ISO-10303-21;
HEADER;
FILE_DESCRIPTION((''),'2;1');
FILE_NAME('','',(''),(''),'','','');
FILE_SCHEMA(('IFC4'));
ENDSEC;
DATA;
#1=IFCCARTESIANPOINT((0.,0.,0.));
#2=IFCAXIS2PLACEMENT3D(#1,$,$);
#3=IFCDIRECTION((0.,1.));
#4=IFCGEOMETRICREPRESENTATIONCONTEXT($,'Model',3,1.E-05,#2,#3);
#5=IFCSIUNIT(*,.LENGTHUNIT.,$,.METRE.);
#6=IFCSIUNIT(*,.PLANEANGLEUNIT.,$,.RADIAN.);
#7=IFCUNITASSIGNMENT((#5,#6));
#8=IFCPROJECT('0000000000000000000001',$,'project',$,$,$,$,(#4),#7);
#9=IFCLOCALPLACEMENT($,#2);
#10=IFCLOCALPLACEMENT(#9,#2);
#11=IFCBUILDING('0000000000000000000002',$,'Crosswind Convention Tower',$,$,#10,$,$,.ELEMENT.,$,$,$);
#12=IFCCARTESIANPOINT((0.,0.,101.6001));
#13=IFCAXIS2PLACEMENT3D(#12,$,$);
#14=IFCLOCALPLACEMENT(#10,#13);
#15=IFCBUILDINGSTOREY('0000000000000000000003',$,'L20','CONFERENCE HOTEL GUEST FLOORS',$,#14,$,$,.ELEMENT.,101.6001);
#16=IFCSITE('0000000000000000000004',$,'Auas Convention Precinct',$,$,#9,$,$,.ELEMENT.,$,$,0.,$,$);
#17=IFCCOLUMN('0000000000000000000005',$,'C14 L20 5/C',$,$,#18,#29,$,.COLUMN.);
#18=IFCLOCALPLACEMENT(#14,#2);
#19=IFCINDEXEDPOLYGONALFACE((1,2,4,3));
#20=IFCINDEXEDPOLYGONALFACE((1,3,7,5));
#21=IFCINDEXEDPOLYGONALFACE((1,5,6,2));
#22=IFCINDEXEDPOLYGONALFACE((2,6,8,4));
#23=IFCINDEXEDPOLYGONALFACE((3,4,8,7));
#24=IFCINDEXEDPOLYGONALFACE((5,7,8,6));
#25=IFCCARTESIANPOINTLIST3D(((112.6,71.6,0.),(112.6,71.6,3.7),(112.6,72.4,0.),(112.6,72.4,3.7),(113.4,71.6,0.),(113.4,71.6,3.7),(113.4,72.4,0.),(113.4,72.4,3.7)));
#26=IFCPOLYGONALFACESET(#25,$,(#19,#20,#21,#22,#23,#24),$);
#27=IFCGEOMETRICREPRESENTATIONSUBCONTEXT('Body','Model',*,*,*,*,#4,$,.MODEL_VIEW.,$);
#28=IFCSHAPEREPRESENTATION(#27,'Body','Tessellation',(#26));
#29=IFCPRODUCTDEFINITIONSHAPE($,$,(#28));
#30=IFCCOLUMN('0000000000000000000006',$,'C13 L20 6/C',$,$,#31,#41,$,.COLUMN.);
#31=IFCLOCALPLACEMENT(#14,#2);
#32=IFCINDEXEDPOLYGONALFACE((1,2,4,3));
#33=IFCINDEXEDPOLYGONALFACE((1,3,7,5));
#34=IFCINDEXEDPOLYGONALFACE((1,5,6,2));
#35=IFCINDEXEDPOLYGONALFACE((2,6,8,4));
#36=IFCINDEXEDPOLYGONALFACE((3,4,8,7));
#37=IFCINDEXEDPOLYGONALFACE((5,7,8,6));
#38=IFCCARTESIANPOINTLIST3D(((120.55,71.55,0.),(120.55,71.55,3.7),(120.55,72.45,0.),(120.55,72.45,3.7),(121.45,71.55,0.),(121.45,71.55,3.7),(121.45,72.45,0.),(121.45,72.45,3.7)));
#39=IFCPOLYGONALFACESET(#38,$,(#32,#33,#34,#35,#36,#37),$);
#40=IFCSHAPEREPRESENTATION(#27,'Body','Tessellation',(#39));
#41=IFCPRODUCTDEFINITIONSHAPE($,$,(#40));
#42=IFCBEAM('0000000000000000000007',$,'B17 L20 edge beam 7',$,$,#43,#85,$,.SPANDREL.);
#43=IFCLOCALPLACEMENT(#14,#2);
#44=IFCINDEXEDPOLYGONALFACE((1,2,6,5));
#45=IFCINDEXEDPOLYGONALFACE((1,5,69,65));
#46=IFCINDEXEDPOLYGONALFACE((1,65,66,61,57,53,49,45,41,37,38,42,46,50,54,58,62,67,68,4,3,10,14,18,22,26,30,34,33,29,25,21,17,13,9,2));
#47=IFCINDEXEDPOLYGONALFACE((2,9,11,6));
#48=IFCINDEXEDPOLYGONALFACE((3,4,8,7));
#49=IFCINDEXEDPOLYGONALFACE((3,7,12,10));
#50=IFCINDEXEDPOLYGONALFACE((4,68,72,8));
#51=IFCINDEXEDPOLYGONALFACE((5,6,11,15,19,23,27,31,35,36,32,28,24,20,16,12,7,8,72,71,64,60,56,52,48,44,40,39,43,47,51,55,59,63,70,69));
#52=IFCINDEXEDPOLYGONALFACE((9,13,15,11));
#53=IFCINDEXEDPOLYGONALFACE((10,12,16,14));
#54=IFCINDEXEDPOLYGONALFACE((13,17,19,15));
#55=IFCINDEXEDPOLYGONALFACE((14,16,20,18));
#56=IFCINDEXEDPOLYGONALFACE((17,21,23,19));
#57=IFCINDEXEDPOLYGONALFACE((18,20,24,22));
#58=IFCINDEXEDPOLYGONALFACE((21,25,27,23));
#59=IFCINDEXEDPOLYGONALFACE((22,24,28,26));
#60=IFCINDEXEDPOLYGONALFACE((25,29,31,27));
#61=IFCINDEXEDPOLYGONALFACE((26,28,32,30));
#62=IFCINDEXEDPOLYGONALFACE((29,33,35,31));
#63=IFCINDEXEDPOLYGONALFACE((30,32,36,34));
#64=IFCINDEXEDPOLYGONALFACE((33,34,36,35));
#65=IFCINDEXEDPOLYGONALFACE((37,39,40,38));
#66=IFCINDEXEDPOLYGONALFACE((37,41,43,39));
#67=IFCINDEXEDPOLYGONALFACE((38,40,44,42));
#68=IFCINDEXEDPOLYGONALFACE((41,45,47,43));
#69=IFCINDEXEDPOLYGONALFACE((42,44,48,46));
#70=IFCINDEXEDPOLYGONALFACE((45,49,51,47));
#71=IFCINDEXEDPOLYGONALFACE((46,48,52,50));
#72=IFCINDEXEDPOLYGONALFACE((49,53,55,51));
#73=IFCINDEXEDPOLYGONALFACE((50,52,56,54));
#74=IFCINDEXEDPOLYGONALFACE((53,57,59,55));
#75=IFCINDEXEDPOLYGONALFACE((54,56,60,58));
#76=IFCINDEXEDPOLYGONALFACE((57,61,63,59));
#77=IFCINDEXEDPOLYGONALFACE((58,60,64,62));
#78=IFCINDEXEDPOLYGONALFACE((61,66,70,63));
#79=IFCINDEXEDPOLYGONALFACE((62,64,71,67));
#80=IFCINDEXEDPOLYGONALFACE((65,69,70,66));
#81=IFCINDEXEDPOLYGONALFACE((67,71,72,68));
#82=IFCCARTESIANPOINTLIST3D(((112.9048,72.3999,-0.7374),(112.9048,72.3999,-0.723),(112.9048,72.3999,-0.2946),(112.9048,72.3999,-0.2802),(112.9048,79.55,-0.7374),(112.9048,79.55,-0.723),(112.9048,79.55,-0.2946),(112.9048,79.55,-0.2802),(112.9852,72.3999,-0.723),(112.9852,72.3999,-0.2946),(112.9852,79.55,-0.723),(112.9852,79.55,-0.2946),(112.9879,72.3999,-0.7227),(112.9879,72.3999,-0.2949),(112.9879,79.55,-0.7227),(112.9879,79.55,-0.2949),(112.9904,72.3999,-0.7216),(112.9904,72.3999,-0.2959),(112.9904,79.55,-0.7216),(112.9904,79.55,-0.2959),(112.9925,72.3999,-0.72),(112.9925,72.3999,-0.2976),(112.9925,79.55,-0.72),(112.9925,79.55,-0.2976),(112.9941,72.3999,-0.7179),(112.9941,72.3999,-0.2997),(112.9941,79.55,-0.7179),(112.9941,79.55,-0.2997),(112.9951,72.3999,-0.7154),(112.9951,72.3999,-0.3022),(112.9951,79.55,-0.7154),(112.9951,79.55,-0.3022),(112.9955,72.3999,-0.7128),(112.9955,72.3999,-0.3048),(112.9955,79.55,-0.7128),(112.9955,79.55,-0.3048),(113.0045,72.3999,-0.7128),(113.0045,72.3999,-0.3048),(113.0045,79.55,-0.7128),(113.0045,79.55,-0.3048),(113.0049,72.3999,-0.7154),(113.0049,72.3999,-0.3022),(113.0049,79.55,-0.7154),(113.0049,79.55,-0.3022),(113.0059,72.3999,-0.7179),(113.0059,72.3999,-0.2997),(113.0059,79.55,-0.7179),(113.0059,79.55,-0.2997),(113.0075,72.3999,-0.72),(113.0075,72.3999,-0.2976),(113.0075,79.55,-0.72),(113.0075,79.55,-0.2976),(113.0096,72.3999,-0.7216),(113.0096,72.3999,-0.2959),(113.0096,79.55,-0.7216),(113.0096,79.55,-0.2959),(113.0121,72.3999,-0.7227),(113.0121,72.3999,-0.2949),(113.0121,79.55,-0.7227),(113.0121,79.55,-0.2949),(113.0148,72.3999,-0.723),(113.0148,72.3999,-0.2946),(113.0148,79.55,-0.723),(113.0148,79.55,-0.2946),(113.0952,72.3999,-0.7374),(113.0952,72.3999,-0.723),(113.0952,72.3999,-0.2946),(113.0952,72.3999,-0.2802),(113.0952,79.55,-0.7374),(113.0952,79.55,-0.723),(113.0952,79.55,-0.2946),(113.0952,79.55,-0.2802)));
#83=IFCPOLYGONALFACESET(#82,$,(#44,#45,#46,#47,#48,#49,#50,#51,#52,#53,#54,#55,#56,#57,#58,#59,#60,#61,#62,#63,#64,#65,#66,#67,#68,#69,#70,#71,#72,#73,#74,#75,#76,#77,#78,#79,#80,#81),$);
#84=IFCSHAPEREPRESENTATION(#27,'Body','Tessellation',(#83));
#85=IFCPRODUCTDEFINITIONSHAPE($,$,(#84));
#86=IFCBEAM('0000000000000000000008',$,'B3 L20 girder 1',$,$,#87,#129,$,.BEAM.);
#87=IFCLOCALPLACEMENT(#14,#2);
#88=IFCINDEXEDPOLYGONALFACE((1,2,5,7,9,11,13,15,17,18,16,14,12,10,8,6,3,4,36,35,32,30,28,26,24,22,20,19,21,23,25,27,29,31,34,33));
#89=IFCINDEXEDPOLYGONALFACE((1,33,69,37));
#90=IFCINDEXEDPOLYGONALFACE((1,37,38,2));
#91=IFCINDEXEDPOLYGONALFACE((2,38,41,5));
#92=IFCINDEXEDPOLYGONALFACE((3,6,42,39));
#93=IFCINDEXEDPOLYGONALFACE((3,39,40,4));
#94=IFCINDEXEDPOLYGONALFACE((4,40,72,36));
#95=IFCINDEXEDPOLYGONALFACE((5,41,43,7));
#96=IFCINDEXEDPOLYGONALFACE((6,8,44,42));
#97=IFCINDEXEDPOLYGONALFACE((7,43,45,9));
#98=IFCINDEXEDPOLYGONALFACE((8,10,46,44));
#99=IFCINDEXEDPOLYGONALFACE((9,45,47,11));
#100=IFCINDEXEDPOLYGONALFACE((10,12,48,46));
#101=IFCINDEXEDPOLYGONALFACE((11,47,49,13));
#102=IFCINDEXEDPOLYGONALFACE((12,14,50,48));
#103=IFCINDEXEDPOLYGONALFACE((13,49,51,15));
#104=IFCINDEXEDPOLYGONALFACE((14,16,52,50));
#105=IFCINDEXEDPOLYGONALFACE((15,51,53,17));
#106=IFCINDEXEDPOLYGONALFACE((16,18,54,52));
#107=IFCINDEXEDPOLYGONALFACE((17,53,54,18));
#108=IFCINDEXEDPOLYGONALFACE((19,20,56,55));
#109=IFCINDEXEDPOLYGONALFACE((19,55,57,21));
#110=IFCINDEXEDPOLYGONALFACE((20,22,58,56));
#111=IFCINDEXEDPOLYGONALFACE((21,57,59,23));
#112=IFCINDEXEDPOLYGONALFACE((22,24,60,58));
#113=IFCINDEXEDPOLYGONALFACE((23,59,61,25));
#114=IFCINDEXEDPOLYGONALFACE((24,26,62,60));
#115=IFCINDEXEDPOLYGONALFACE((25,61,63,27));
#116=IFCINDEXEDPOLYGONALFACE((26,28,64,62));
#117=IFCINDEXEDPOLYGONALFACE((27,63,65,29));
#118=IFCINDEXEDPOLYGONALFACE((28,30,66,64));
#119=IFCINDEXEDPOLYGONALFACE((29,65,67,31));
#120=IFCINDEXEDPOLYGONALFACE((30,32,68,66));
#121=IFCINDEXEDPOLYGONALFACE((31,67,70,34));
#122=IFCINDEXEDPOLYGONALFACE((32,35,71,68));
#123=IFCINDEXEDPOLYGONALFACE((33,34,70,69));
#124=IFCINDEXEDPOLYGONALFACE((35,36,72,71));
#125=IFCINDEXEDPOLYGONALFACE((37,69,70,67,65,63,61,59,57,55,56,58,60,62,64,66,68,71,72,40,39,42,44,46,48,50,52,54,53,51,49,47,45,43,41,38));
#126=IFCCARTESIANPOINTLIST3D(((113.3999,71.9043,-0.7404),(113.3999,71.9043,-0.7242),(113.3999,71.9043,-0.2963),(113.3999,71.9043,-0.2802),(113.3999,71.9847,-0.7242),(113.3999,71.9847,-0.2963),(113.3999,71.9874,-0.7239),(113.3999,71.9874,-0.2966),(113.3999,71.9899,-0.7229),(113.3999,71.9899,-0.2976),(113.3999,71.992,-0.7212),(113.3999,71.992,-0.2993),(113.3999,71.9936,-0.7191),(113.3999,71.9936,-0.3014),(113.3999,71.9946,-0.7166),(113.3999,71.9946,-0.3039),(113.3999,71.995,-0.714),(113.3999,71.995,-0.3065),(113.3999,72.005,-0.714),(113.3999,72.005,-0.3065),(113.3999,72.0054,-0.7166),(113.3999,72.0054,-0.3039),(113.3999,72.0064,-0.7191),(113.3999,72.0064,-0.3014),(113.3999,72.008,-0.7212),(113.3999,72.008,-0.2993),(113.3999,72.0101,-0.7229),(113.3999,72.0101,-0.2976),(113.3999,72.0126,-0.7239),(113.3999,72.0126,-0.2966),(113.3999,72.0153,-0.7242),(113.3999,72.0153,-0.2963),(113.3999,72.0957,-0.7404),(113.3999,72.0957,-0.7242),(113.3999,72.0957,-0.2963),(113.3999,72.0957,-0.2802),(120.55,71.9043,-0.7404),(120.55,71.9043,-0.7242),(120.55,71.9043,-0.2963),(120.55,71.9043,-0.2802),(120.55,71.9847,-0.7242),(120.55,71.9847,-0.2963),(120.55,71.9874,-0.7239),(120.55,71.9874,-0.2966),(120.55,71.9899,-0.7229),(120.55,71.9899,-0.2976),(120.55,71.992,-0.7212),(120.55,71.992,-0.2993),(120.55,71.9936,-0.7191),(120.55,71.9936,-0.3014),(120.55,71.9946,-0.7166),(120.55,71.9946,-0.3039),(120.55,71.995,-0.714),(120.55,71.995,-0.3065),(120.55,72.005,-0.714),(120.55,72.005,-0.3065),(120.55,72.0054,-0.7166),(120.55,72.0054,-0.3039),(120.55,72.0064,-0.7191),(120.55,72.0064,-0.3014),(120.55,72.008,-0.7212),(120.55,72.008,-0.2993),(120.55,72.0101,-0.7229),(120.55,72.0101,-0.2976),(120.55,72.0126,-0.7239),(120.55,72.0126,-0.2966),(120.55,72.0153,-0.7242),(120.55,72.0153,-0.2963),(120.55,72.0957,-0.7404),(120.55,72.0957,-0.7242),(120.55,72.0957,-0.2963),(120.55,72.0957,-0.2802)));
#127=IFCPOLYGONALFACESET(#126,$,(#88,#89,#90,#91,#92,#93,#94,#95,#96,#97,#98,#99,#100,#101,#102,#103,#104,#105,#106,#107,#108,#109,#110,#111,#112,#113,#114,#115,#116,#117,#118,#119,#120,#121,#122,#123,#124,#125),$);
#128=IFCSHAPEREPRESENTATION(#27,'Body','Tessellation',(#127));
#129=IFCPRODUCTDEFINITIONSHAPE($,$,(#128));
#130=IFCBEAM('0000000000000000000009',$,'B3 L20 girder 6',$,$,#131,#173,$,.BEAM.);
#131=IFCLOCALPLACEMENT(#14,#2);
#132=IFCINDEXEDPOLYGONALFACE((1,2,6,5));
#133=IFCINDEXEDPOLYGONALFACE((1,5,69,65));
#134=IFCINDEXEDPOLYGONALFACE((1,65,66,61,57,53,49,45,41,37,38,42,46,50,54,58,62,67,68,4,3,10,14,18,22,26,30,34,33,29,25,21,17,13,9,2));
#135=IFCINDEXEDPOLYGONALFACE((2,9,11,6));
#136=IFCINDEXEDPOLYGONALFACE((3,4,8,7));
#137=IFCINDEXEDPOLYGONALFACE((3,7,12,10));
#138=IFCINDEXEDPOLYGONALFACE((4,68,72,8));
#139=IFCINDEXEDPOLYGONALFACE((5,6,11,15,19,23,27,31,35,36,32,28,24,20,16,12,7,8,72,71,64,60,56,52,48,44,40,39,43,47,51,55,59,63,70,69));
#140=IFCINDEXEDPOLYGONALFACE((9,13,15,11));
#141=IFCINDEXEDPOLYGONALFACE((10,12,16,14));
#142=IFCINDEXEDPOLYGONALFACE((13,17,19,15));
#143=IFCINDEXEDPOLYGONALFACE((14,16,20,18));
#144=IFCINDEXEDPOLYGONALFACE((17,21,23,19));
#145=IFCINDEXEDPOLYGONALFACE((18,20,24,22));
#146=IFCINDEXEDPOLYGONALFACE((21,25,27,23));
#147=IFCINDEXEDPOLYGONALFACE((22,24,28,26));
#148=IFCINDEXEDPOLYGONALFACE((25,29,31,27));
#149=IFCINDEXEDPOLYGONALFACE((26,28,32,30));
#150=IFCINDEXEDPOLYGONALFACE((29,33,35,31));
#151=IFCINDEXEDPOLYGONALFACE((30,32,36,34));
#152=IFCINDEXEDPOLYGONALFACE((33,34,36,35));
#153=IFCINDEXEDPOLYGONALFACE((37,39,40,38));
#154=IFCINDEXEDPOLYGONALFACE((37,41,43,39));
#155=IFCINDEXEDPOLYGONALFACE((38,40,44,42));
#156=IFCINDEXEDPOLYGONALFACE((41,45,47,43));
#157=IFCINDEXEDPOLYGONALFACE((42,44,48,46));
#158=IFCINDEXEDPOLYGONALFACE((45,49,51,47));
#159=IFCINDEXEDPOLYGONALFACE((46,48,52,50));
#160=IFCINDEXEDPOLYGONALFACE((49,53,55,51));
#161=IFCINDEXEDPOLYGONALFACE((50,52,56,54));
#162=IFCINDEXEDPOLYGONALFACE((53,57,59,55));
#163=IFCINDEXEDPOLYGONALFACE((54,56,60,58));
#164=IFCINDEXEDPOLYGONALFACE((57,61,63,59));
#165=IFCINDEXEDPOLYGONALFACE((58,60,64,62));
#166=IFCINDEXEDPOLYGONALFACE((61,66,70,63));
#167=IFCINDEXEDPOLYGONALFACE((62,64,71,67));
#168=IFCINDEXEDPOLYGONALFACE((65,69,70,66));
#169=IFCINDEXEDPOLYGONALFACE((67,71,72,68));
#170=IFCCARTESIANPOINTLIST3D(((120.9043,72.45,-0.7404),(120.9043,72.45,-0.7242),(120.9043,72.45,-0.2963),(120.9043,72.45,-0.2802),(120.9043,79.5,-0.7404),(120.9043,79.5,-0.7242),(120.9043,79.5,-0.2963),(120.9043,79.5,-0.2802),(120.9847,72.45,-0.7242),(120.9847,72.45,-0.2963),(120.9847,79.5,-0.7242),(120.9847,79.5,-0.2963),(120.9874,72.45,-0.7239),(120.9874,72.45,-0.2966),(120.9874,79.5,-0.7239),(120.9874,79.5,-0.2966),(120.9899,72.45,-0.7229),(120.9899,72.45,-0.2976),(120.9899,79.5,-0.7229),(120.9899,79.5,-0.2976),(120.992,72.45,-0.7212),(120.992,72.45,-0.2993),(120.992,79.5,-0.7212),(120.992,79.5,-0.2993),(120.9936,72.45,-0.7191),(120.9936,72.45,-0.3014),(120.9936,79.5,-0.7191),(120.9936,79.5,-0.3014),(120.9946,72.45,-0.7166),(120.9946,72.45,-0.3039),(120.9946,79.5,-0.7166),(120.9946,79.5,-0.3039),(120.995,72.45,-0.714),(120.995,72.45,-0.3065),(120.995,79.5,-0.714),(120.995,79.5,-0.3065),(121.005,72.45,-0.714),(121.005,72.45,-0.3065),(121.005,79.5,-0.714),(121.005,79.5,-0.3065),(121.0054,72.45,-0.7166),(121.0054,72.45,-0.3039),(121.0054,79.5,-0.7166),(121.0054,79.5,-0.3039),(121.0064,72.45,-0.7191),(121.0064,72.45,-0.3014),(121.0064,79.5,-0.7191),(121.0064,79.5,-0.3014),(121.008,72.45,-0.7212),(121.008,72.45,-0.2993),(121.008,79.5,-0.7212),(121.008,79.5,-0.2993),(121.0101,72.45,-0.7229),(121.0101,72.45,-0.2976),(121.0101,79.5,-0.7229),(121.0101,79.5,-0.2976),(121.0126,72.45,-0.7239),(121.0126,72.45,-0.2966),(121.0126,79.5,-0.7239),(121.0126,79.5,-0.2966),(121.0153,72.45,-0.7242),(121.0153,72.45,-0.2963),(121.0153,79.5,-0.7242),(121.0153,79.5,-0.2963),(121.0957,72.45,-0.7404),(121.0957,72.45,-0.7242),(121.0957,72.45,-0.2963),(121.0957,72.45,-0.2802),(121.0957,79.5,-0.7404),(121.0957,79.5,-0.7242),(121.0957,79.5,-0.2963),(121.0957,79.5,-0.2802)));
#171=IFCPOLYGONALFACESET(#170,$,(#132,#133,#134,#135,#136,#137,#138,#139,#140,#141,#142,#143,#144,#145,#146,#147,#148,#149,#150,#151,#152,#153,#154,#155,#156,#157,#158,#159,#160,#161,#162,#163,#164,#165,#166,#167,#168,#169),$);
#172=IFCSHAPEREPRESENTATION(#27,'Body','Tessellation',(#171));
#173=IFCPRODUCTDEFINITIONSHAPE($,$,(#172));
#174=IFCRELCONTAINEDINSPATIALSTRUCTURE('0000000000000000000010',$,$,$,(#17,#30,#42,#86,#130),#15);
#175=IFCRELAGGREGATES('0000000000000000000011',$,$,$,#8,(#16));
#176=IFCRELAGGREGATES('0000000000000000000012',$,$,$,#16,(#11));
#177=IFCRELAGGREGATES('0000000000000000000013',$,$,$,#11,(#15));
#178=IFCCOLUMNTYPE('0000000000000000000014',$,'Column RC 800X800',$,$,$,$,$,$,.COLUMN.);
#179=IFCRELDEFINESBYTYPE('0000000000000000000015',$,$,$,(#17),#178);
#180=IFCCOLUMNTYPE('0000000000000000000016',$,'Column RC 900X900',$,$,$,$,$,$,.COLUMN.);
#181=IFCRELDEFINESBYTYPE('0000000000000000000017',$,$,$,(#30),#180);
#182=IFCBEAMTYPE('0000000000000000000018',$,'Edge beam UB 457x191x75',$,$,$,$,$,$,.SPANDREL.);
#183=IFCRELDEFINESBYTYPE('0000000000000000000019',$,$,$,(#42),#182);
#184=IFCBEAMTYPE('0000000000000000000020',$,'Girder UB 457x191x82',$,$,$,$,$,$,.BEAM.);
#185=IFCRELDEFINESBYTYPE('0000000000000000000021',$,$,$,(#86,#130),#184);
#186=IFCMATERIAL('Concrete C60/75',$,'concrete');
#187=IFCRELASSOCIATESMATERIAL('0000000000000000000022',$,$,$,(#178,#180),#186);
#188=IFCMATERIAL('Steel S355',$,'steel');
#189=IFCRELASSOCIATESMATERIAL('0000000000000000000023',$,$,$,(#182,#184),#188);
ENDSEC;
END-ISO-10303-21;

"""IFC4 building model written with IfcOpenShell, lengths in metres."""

from ifc_helpers import new_model, si_unit, direction, frame, origin, origin_2d, place, context, subcontext, project, spatial, rectangle, i_section, extrude, material, material_profile, profile_set, type_object, element, save


model = new_model("IFC4")

# Units and contexts
model_context = context("Model", 3, precision=1e-05, world=origin(), true_north=direction((0.0, 1.0)))
body_context = subcontext(model_context, "Body", "Model", "MODEL_VIEW")
ifc_project = project(units=[si_unit("LENGTHUNIT", "METRE"), si_unit("PLANEANGLEUNIT", "RADIAN")], contexts=[model_context])

# Site, building, storey
site_placement = place(None, origin())
site = spatial("IfcSite", under=ifc_project, at=site_placement, Name="Auas Convention Precinct", CompositionType="ELEMENT", RefElevation=0.0)
building_placement = place(site_placement, origin())
building = spatial("IfcBuilding", under=site, at=building_placement, Name="Crosswind Convention Tower", CompositionType="ELEMENT")
storey_placement = place(building_placement, frame((0.0, 0.0, 101.6001)))
storey = spatial("IfcBuildingStorey", under=building, at=storey_placement, Name="L20", Description="CONFERENCE HOTEL GUEST FLOORS", CompositionType="ELEMENT", Elevation=101.6001)

# Columns
ifc_material_1 = material(Name="Concrete C60/75", Category="concrete")
ifc_material_profile_1 = material_profile(ifc_material_1, rectangle(XDim=0.8, YDim=0.8, at=origin_2d()), Name="RC 800X800")
ifc_profile_set_1 = profile_set([ifc_material_profile_1], Name="Concrete C60/75")
column_type_1 = type_object("IfcColumnType", Name="Column RC 800X800", PredefinedType="COLUMN", material=ifc_profile_set_1)
column_1_placement = place(storey_placement, frame((113.0, 72.0, 0.0), z_axis=(0.0, 0.0, 1.0), x_axis=(1.0, 0.0, 0.0)))
element("IfcColumn", 1, at=column_1_placement, inside=storey, type_object=column_type_1, Name="C14 L20 5/C", PredefinedType="COLUMN", context=body_context, shape_type="SweptSolid", body=[
    extrude(rectangle(XDim=0.8, YDim=0.8, at=origin_2d()), origin(), (0.0, 0.0, 1.0), 3.7),
])
ifc_material_profile_2 = material_profile(ifc_material_1, rectangle(XDim=0.8999, YDim=0.8999, at=origin_2d()), Name="RC 900X900")
ifc_profile_set_2 = profile_set([ifc_material_profile_2], Name="Concrete C60/75")
column_type_2 = type_object("IfcColumnType", Name="Column RC 900X900", PredefinedType="COLUMN", material=ifc_profile_set_2)
column_2_placement = place(storey_placement, frame((121.0, 72.0, 0.0), z_axis=(0.0, 0.0, 1.0), x_axis=(1.0, 0.0, 0.0)))
element("IfcColumn", 2, at=column_2_placement, inside=storey, type_object=column_type_2, Name="C13 L20 6/C", PredefinedType="COLUMN", context=body_context, shape_type="SweptSolid", body=[
    extrude(rectangle(XDim=0.8999, YDim=0.8999, at=origin_2d()), origin(), (0.0, 0.0, 1.0), 3.7),
])

# Beams
ifc_material_2 = material(Name="Steel S355", Category="steel")
ifc_material_profile_3 = material_profile(ifc_material_2, i_section(OverallWidth=0.1904, OverallDepth=0.4573, WebThickness=0.009, FlangeThickness=0.0144, FilletRadius=0.0103, at=origin_2d()), Name="UB 457x191x75")
ifc_profile_set_3 = profile_set([ifc_material_profile_3], Name="Steel S355")
beam_type_1 = type_object("IfcBeamType", Name="Edge beam UB 457x191x75", PredefinedType="SPANDREL", material=ifc_profile_set_3)
beam_1_placement = place(storey_placement, frame((113.0, 72.3999, -0.5088), z_axis=(0.0, 1.0, 0.0), x_axis=(-1.0, 0.0, 0.0)))
element("IfcBeam", 3, at=beam_1_placement, inside=storey, type_object=beam_type_1, Name="B17 L20 edge beam 7", PredefinedType="SPANDREL", context=body_context, shape_type="SweptSolid", body=[
    extrude(i_section(OverallWidth=0.1904, OverallDepth=0.4573, WebThickness=0.009, FlangeThickness=0.0144, FilletRadius=0.0103, at=origin_2d()), origin(), (0.0, 0.0, 1.0), 7.1501),
])
ifc_material_profile_4 = material_profile(ifc_material_2, i_section(OverallWidth=0.1914, OverallDepth=0.4602, WebThickness=0.01, FlangeThickness=0.0161, FilletRadius=0.0103, at=origin_2d()), Name="UB 457x191x82")
ifc_profile_set_4 = profile_set([ifc_material_profile_4], Name="Steel S355")
beam_type_2 = type_object("IfcBeamType", Name="Girder UB 457x191x82", PredefinedType="BEAM", material=ifc_profile_set_4)
beam_2_placement = place(storey_placement, frame((113.3999, 72.0, -0.5103), z_axis=(1.0, 0.0, 0.0), x_axis=(0.0, 1.0, 0.0)))
element("IfcBeam", 4, at=beam_2_placement, inside=storey, type_object=beam_type_2, Name="B3 L20 girder 1", PredefinedType="BEAM", context=body_context, shape_type="SweptSolid", body=[
    extrude(i_section(OverallWidth=0.1914, OverallDepth=0.4602, WebThickness=0.01, FlangeThickness=0.0161, FilletRadius=0.0103, at=origin_2d()), origin(), (0.0, 0.0, 1.0), 7.1501),
])
beam_3_placement = place(storey_placement, frame((121.0, 72.45, -0.5103), z_axis=(0.0, 1.0, 0.0), x_axis=(-1.0, 0.0, 0.0)))
element("IfcBeam", 5, at=beam_3_placement, inside=storey, type_object=beam_type_2, Name="B3 L20 girder 6", PredefinedType="BEAM", context=body_context, shape_type="SweptSolid", body=[
    extrude(i_section(OverallWidth=0.1914, OverallDepth=0.4602, WebThickness=0.01, FlangeThickness=0.0161, FilletRadius=0.0103, at=origin_2d()), origin(), (0.0, 0.0, 1.0), 7.05),
])

save(model, "model.ifc")
